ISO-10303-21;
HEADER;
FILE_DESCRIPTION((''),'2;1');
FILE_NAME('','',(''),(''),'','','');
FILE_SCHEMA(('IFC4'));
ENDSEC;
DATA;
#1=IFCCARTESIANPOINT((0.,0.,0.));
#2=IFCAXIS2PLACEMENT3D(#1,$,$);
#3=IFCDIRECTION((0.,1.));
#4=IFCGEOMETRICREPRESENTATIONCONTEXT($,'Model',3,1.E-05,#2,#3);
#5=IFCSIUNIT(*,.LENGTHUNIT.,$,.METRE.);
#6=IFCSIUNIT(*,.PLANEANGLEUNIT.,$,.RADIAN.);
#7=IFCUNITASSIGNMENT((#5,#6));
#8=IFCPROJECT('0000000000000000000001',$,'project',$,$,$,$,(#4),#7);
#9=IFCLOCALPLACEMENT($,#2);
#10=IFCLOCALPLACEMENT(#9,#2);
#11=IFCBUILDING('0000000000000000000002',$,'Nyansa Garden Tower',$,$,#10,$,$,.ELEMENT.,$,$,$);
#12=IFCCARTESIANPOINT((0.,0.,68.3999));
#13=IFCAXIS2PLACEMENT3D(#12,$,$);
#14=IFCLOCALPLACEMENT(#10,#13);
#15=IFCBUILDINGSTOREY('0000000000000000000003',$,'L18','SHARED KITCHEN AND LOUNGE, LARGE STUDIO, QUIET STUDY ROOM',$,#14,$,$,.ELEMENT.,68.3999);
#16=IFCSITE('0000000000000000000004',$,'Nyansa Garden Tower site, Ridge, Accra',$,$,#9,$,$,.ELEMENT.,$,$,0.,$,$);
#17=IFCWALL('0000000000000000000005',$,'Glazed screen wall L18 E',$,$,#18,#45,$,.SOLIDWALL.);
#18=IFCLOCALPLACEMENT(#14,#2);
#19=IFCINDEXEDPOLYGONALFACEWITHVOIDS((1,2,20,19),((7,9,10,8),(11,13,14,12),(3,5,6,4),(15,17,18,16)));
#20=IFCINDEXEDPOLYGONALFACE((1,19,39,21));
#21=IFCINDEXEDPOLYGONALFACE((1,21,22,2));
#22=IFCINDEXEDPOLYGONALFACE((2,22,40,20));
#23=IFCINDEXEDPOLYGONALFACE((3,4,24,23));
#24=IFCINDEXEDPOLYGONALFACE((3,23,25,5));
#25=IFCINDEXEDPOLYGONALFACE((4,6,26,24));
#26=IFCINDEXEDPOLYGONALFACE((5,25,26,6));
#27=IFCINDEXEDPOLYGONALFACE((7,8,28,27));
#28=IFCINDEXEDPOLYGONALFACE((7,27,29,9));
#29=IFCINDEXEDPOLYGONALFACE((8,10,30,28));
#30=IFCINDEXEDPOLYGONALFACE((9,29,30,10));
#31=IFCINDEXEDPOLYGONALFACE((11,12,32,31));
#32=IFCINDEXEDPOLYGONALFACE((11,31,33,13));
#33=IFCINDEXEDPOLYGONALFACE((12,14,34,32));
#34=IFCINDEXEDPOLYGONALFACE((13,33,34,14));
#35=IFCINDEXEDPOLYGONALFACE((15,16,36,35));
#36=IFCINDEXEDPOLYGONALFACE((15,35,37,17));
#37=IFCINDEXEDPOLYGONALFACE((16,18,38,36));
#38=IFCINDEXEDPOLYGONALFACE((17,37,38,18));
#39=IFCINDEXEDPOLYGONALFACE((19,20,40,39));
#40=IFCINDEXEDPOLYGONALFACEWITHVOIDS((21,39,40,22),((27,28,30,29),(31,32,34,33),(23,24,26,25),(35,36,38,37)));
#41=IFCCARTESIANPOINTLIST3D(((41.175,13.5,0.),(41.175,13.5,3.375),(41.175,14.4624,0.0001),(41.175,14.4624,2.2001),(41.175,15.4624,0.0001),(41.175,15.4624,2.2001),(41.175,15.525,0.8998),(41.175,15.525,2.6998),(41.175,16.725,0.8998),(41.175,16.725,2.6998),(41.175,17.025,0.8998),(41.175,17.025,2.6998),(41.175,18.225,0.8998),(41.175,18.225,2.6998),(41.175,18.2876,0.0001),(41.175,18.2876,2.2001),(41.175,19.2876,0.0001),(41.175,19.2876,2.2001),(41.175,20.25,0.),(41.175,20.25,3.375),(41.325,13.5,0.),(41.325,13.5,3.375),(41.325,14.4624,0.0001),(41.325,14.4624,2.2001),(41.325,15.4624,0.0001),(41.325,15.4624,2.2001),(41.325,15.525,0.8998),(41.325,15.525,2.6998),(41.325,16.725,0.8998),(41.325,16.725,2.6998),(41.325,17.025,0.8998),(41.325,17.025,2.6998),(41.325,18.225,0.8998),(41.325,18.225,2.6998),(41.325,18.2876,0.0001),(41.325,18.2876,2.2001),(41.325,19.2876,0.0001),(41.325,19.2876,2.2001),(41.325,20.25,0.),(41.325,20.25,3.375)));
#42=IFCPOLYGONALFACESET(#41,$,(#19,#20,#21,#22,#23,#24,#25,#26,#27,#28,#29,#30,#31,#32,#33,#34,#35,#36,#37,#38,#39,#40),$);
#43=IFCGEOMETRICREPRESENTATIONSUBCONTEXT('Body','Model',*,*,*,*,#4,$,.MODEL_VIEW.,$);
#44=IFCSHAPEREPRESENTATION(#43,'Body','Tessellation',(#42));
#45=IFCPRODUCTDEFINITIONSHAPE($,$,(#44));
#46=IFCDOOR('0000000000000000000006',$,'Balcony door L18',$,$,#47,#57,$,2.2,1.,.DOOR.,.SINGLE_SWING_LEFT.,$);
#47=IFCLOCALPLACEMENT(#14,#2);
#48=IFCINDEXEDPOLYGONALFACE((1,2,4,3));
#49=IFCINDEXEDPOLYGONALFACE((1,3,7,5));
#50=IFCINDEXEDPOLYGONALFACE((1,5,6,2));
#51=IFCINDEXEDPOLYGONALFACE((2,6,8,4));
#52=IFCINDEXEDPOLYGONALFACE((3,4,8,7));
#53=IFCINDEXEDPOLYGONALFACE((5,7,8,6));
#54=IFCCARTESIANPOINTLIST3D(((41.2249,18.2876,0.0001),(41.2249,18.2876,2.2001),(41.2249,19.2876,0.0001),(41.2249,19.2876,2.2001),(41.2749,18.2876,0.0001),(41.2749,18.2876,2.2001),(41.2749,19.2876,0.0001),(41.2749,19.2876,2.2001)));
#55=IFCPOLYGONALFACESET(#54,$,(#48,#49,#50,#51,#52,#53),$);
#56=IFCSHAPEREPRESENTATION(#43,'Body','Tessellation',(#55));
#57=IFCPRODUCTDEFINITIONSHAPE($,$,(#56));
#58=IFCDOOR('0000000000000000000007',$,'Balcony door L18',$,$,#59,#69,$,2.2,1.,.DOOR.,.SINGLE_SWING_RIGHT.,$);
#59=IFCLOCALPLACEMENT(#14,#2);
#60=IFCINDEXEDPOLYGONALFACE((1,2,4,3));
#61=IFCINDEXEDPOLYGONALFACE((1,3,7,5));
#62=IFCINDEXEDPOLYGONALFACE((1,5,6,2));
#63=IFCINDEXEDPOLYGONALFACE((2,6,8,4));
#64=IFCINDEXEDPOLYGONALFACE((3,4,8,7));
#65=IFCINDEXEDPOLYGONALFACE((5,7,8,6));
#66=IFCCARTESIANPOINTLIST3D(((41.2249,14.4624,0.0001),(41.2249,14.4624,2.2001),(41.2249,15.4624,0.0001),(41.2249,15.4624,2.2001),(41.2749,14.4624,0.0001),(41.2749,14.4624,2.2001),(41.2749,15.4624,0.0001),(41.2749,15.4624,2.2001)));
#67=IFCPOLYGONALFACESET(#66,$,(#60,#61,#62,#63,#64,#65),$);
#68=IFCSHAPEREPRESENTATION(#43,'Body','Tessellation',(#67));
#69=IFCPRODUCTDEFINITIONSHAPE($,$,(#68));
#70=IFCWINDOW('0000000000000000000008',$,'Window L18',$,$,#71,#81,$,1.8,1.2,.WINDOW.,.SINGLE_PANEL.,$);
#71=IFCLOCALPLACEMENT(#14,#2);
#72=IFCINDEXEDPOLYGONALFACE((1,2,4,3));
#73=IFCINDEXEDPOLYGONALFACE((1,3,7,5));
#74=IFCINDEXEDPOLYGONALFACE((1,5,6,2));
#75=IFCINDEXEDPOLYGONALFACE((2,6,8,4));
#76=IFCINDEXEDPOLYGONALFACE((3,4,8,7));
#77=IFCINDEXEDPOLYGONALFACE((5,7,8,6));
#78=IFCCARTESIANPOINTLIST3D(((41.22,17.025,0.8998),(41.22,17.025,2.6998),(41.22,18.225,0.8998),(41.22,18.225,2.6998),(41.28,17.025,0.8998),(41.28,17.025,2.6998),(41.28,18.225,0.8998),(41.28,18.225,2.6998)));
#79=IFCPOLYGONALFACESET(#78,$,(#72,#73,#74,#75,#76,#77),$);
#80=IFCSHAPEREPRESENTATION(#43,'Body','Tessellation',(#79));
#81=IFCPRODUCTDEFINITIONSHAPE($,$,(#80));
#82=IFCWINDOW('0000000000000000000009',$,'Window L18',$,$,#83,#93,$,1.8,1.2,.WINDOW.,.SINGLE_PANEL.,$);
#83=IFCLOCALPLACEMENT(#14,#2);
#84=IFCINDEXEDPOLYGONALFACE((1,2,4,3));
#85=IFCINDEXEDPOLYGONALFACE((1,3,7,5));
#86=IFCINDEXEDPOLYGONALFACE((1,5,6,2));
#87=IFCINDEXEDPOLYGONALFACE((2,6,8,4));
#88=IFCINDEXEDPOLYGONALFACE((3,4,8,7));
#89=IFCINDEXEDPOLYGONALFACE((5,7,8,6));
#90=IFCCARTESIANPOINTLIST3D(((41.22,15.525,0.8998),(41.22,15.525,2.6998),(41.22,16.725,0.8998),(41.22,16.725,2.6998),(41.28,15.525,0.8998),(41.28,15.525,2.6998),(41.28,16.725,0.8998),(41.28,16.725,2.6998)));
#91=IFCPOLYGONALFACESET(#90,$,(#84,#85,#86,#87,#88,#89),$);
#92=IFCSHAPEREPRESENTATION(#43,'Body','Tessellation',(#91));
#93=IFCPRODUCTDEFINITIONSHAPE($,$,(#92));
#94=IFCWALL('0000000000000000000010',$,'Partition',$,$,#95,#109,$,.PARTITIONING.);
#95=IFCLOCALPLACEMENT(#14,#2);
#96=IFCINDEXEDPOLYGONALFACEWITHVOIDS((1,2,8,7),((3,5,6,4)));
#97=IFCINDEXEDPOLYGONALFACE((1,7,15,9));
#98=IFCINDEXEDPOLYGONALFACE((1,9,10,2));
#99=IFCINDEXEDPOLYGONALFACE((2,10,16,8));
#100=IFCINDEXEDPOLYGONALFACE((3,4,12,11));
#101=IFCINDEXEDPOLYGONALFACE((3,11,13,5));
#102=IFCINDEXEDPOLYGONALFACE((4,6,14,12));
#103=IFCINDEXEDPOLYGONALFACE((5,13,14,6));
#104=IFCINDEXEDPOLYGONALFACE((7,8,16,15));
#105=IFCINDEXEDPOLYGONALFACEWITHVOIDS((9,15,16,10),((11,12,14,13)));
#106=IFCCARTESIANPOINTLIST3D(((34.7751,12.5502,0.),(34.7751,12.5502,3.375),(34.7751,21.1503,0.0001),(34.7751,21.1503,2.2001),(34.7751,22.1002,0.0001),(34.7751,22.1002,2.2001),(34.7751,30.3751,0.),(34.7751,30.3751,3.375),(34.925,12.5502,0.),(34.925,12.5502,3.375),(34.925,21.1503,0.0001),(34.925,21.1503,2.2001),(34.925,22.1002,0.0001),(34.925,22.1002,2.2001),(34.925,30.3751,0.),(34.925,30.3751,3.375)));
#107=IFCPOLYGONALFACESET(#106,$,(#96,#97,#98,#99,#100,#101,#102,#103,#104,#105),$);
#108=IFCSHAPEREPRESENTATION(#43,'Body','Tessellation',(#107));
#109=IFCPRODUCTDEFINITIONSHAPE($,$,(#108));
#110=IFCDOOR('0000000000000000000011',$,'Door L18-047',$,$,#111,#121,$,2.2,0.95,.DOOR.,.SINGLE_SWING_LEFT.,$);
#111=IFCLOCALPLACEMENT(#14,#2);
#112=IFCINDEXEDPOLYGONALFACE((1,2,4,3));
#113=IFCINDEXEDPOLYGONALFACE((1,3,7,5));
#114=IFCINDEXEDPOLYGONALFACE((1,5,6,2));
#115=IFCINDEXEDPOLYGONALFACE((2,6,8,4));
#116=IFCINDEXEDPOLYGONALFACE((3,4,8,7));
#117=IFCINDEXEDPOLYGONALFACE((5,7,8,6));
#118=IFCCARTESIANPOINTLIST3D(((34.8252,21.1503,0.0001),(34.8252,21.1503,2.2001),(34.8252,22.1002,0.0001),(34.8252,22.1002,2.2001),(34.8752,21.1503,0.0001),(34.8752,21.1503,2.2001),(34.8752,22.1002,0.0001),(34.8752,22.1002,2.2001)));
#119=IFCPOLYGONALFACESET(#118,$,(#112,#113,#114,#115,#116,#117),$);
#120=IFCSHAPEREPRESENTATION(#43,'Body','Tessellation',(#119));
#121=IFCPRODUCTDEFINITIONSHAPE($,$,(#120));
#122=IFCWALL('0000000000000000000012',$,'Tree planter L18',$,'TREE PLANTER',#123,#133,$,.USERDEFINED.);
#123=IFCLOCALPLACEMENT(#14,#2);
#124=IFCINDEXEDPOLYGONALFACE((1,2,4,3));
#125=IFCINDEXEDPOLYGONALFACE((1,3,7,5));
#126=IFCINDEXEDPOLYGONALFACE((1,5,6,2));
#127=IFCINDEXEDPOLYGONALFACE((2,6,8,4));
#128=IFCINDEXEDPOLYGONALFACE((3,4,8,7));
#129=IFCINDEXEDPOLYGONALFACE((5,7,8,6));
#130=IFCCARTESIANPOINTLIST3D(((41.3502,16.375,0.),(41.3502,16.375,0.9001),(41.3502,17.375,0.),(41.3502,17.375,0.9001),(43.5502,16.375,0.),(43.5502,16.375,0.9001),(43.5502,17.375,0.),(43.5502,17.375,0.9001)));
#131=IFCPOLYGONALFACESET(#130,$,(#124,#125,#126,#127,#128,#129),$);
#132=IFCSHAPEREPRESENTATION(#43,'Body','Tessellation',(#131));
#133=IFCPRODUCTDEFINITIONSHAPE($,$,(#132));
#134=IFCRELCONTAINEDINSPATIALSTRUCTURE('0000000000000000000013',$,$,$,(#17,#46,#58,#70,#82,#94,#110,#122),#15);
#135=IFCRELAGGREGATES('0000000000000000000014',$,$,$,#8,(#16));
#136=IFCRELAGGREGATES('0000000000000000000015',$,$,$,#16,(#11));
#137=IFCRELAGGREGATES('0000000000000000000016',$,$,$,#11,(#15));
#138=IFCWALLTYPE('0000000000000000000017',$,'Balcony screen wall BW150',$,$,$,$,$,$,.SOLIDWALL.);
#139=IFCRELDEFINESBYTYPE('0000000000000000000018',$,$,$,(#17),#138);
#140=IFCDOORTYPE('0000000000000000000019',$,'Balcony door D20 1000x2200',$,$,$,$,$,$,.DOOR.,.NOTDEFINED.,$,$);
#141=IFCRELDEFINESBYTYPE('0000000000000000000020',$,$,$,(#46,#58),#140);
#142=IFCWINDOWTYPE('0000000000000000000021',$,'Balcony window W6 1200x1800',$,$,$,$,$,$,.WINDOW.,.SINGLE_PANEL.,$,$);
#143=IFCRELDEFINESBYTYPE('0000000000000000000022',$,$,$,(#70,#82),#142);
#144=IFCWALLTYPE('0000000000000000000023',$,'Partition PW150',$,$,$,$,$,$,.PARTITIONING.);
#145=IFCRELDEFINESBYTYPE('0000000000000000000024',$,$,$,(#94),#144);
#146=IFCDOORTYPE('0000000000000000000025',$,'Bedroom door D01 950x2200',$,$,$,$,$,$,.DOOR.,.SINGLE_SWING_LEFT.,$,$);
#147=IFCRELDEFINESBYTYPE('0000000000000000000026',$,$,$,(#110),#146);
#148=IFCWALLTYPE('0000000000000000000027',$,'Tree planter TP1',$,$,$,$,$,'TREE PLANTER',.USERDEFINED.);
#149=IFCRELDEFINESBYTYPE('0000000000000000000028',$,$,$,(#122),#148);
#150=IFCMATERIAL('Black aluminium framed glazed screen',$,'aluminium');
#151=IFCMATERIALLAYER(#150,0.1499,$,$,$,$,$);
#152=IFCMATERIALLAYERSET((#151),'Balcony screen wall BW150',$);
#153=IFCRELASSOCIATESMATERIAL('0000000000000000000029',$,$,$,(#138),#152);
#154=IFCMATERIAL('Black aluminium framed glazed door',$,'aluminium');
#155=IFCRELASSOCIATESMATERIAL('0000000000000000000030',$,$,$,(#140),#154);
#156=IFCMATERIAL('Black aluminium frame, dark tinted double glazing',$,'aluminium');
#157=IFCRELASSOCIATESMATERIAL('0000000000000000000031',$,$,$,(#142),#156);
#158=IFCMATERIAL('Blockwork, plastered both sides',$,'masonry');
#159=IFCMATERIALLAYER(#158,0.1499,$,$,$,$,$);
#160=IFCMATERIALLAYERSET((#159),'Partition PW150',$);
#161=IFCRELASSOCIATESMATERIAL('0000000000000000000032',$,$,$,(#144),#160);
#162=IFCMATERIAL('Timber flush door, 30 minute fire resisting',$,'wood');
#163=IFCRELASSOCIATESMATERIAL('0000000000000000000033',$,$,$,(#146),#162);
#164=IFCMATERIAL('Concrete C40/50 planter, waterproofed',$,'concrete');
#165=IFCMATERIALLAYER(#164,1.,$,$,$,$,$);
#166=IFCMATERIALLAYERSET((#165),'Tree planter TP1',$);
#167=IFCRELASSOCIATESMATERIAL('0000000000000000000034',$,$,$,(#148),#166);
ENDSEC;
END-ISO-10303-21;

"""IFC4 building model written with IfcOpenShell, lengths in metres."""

from ifc_helpers import new_model, si_unit, direction, frame, frame_2d, origin, place, context, subcontext, project, spatial, rectangle, extrude, material, layer, layer_set, type_object, element, fill, save


model = new_model("IFC4")

# Units and contexts
model_context = context("Model", 3, precision=1e-05, world=origin(), true_north=direction((0.0, 1.0)))
body_context = subcontext(model_context, "Body", "Model", "MODEL_VIEW")
ifc_project = project(units=[si_unit("LENGTHUNIT", "METRE"), si_unit("PLANEANGLEUNIT", "RADIAN")], contexts=[model_context])

# Site, building, storey
site_placement = place(None, origin())
site = spatial("IfcSite", under=ifc_project, at=site_placement, Name="Nyansa Garden Tower site, Ridge, Accra", CompositionType="ELEMENT", RefElevation=0.0)
building_placement = place(site_placement, origin())
building = spatial("IfcBuilding", under=site, at=building_placement, Name="Nyansa Garden Tower", CompositionType="ELEMENT")
storey_placement = place(building_placement, frame((0.0, 0.0, 68.3999)))
storey = spatial("IfcBuildingStorey", under=building, at=storey_placement, Name="L18", Description="SHARED KITCHEN AND LOUNGE, LARGE STUDIO, QUIET STUDY ROOM", CompositionType="ELEMENT", Elevation=68.3999)

# Wall, openings, doors, windows
ifc_material_1 = material(Name="Black aluminium framed glazed screen", Category="aluminium")
ifc_layer_1 = layer(ifc_material_1, 0.1499)
ifc_layer_set_1 = layer_set([ifc_layer_1], Name="Balcony screen wall BW150")
wall_type_1 = type_object("IfcWallType", Name="Balcony screen wall BW150", PredefinedType="SOLIDWALL", material=ifc_layer_set_1)
wall_1_placement = place(storey_placement, frame((41.25, 20.25, 0.0), z_axis=(0.0, 0.0, 1.0), x_axis=(0.0, -1.0, 0.0)))
wall_1 = element("IfcWall", 1, at=wall_1_placement, inside=storey, type_object=wall_type_1, Name="Glazed screen wall L18 E", PredefinedType="SOLIDWALL", context=body_context, shape_type="SweptSolid", body=[
    extrude(rectangle(XDim=6.75, YDim=0.1499, at=frame_2d((3.375, 0.0))), origin(), (0.0, 0.0, 1.0), 3.375),
])
opening_1_placement = place(wall_1_placement, frame((0.9624, 0.0, 0.0)))
opening_1 = element("IfcOpeningElement", 2, at=opening_1_placement, cuts=wall_1, PredefinedType="OPENING", context=body_context, shape_type="SweptSolid", body=[
    extrude(rectangle(XDim=1.0, YDim=2.2, at=frame_2d((0.5, 1.1001))), frame((0.0, 0.085, 0.0), z_axis=(0.0, -1.0, 0.0), x_axis=(1.0, 0.0, 0.0)), (0.0, 0.0, 1.0), 0.1699),
])
opening_2_placement = place(wall_1_placement, frame((2.0249, 0.0, 0.8999)))
opening_2 = element("IfcOpeningElement", 3, at=opening_2_placement, cuts=wall_1, PredefinedType="OPENING", context=body_context, shape_type="SweptSolid", body=[
    extrude(rectangle(XDim=1.2, YDim=1.8, at=frame_2d((0.6001, 0.8999))), frame((0.0, 0.085, 0.0), z_axis=(0.0, -1.0, 0.0), x_axis=(1.0, 0.0, 0.0)), (0.0, 0.0, 1.0), 0.1699),
])
opening_3_placement = place(wall_1_placement, frame((4.7876, 0.0, 0.0)))
opening_3 = element("IfcOpeningElement", 4, at=opening_3_placement, cuts=wall_1, PredefinedType="OPENING", context=body_context, shape_type="SweptSolid", body=[
    extrude(rectangle(XDim=1.0, YDim=2.2, at=frame_2d((0.5, 1.1001))), frame((0.0, 0.085, 0.0), z_axis=(0.0, -1.0, 0.0), x_axis=(1.0, 0.0, 0.0)), (0.0, 0.0, 1.0), 0.1699),
])
opening_4_placement = place(wall_1_placement, frame((3.5249, 0.0, 0.8999)))
opening_4 = element("IfcOpeningElement", 5, at=opening_4_placement, cuts=wall_1, PredefinedType="OPENING", context=body_context, shape_type="SweptSolid", body=[
    extrude(rectangle(XDim=1.2, YDim=1.8, at=frame_2d((0.6001, 0.8999))), frame((0.0, 0.085, 0.0), z_axis=(0.0, -1.0, 0.0), x_axis=(1.0, 0.0, 0.0)), (0.0, 0.0, 1.0), 0.1699),
])
ifc_material_2 = material(Name="Black aluminium framed glazed door", Category="aluminium")
door_type_1 = type_object("IfcDoorType", Name="Balcony door D20 1000x2200", OperationType="NOTDEFINED", PredefinedType="DOOR", material=ifc_material_2)
door_1_placement = place(opening_1_placement, origin())
door_1 = element("IfcDoor", 6, at=door_1_placement, inside=storey, type_object=door_type_1, Name="Balcony door L18", OperationType="SINGLE_SWING_LEFT", OverallHeight=2.2, OverallWidth=1.0, PredefinedType="DOOR", context=body_context, shape_type="SweptSolid", body=[
    extrude(rectangle(XDim=1.0, YDim=2.2, at=frame_2d((0.5, 1.1001))), frame((0.0, 0.0249, 0.0), z_axis=(0.0, -1.0, 0.0), x_axis=(1.0, 0.0, 0.0)), (0.0, 0.0, 1.0), 0.05),
])
fill(opening_1, door_1)
door_2_placement = place(opening_3_placement, origin())
door_2 = element("IfcDoor", 7, at=door_2_placement, inside=storey, type_object=door_type_1, Name="Balcony door L18", OperationType="SINGLE_SWING_RIGHT", OverallHeight=2.2, OverallWidth=1.0, PredefinedType="DOOR", context=body_context, shape_type="SweptSolid", body=[
    extrude(rectangle(XDim=1.0, YDim=2.2, at=frame_2d((0.5, 1.1001))), frame((0.0, 0.0249, 0.0), z_axis=(0.0, -1.0, 0.0), x_axis=(1.0, 0.0, 0.0)), (0.0, 0.0, 1.0), 0.05),
])
fill(opening_3, door_2)
ifc_material_3 = material(Name="Black aluminium frame, dark tinted double glazing", Category="aluminium")
window_type = type_object("IfcWindowType", Name="Balcony window W6 1200x1800", PartitioningType="SINGLE_PANEL", PredefinedType="WINDOW", material=ifc_material_3)
window_1_placement = place(opening_2_placement, origin())
window_1 = element("IfcWindow", 8, at=window_1_placement, inside=storey, type_object=window_type, Name="Window L18", OverallHeight=1.8, OverallWidth=1.2, PartitioningType="SINGLE_PANEL", PredefinedType="WINDOW", context=body_context, shape_type="SweptSolid", body=[
    extrude(rectangle(XDim=1.2, YDim=1.8, at=frame_2d((0.6001, 0.8999))), frame((0.0, 0.03, 0.0), z_axis=(0.0, -1.0, 0.0), x_axis=(1.0, 0.0, 0.0)), (0.0, 0.0, 1.0), 0.0601),
])
fill(opening_2, window_1)
window_2_placement = place(opening_4_placement, origin())
window_2 = element("IfcWindow", 9, at=window_2_placement, inside=storey, type_object=window_type, Name="Window L18", OverallHeight=1.8, OverallWidth=1.2, PartitioningType="SINGLE_PANEL", PredefinedType="WINDOW", context=body_context, shape_type="SweptSolid", body=[
    extrude(rectangle(XDim=1.2, YDim=1.8, at=frame_2d((0.6001, 0.8999))), frame((0.0, 0.03, 0.0), z_axis=(0.0, -1.0, 0.0), x_axis=(1.0, 0.0, 0.0)), (0.0, 0.0, 1.0), 0.0601),
])
fill(opening_4, window_2)

# Wall, opening, door
ifc_material_4 = material(Name="Blockwork, plastered both sides", Category="masonry")
ifc_layer_2 = layer(ifc_material_4, 0.1499)
ifc_layer_set_2 = layer_set([ifc_layer_2], Name="Partition PW150")
wall_type_2 = type_object("IfcWallType", Name="Partition PW150", PredefinedType="PARTITIONING", material=ifc_layer_set_2)
wall_2_placement = place(storey_placement, frame((34.8501, 12.55, 0.0), z_axis=(0.0, 0.0, 1.0), x_axis=(0.0, 1.0, 0.0)))
wall_2 = element("IfcWall", 10, at=wall_2_placement, inside=storey, type_object=wall_type_2, Name="Partition", PredefinedType="PARTITIONING", context=body_context, shape_type="SweptSolid", body=[
    extrude(rectangle(XDim=17.825, YDim=0.1499, at=frame_2d((8.9126, 0.0))), origin(), (0.0, 0.0, 1.0), 3.375),
])
opening_5_placement = place(wall_2_placement, frame((8.6001, 0.0, 0.0)))
opening_5 = element("IfcOpeningElement", 11, at=opening_5_placement, cuts=wall_2, PredefinedType="OPENING", context=body_context, shape_type="SweptSolid", body=[
    extrude(rectangle(XDim=0.95, YDim=2.2, at=frame_2d((0.4751, 1.1001))), frame((0.0, 0.085, 0.0), z_axis=(0.0, -1.0, 0.0), x_axis=(1.0, 0.0, 0.0)), (0.0, 0.0, 1.0), 0.1699),
])
ifc_material_5 = material(Name="Timber flush door, 30 minute fire resisting", Category="wood")
door_type_2 = type_object("IfcDoorType", Name="Bedroom door D01 950x2200", OperationType="SINGLE_SWING_LEFT", PredefinedType="DOOR", material=ifc_material_5)
door_3_placement = place(opening_5_placement, origin())
door_3 = element("IfcDoor", 12, at=door_3_placement, inside=storey, type_object=door_type_2, Name="Door L18-047", OperationType="SINGLE_SWING_LEFT", OverallHeight=2.2, OverallWidth=0.95, PredefinedType="DOOR", context=body_context, shape_type="SweptSolid", body=[
    extrude(rectangle(XDim=0.95, YDim=2.2, at=frame_2d((0.4751, 1.1001))), frame((0.0, 0.0249, 0.0), z_axis=(0.0, -1.0, 0.0), x_axis=(1.0, 0.0, 0.0)), (0.0, 0.0, 1.0), 0.05),
])
fill(opening_5, door_3)

# Wall
ifc_material_6 = material(Name="Concrete C40/50 planter, waterproofed", Category="concrete")
ifc_layer_3 = layer(ifc_material_6, 1.0)
ifc_layer_set_3 = layer_set([ifc_layer_3], Name="Tree planter TP1")
wall_type_3 = type_object("IfcWallType", Name="Tree planter TP1", ElementType="TREE PLANTER", PredefinedType="USERDEFINED", material=ifc_layer_set_3)
wall_3_placement = place(storey_placement, frame((41.3501, 16.875, 0.0), z_axis=(0.0, 0.0, 1.0), x_axis=(1.0, 0.0, 0.0)))
element("IfcWall", 13, at=wall_3_placement, inside=storey, type_object=wall_type_3, Name="Tree planter L18", ObjectType="TREE PLANTER", PredefinedType="USERDEFINED", context=body_context, shape_type="SweptSolid", body=[
    extrude(rectangle(XDim=2.2, YDim=1.0, at=frame_2d((1.1001, 0.0))), origin(), (0.0, 0.0, 1.0), 0.9001),
])

save(model, "model.ifc")
